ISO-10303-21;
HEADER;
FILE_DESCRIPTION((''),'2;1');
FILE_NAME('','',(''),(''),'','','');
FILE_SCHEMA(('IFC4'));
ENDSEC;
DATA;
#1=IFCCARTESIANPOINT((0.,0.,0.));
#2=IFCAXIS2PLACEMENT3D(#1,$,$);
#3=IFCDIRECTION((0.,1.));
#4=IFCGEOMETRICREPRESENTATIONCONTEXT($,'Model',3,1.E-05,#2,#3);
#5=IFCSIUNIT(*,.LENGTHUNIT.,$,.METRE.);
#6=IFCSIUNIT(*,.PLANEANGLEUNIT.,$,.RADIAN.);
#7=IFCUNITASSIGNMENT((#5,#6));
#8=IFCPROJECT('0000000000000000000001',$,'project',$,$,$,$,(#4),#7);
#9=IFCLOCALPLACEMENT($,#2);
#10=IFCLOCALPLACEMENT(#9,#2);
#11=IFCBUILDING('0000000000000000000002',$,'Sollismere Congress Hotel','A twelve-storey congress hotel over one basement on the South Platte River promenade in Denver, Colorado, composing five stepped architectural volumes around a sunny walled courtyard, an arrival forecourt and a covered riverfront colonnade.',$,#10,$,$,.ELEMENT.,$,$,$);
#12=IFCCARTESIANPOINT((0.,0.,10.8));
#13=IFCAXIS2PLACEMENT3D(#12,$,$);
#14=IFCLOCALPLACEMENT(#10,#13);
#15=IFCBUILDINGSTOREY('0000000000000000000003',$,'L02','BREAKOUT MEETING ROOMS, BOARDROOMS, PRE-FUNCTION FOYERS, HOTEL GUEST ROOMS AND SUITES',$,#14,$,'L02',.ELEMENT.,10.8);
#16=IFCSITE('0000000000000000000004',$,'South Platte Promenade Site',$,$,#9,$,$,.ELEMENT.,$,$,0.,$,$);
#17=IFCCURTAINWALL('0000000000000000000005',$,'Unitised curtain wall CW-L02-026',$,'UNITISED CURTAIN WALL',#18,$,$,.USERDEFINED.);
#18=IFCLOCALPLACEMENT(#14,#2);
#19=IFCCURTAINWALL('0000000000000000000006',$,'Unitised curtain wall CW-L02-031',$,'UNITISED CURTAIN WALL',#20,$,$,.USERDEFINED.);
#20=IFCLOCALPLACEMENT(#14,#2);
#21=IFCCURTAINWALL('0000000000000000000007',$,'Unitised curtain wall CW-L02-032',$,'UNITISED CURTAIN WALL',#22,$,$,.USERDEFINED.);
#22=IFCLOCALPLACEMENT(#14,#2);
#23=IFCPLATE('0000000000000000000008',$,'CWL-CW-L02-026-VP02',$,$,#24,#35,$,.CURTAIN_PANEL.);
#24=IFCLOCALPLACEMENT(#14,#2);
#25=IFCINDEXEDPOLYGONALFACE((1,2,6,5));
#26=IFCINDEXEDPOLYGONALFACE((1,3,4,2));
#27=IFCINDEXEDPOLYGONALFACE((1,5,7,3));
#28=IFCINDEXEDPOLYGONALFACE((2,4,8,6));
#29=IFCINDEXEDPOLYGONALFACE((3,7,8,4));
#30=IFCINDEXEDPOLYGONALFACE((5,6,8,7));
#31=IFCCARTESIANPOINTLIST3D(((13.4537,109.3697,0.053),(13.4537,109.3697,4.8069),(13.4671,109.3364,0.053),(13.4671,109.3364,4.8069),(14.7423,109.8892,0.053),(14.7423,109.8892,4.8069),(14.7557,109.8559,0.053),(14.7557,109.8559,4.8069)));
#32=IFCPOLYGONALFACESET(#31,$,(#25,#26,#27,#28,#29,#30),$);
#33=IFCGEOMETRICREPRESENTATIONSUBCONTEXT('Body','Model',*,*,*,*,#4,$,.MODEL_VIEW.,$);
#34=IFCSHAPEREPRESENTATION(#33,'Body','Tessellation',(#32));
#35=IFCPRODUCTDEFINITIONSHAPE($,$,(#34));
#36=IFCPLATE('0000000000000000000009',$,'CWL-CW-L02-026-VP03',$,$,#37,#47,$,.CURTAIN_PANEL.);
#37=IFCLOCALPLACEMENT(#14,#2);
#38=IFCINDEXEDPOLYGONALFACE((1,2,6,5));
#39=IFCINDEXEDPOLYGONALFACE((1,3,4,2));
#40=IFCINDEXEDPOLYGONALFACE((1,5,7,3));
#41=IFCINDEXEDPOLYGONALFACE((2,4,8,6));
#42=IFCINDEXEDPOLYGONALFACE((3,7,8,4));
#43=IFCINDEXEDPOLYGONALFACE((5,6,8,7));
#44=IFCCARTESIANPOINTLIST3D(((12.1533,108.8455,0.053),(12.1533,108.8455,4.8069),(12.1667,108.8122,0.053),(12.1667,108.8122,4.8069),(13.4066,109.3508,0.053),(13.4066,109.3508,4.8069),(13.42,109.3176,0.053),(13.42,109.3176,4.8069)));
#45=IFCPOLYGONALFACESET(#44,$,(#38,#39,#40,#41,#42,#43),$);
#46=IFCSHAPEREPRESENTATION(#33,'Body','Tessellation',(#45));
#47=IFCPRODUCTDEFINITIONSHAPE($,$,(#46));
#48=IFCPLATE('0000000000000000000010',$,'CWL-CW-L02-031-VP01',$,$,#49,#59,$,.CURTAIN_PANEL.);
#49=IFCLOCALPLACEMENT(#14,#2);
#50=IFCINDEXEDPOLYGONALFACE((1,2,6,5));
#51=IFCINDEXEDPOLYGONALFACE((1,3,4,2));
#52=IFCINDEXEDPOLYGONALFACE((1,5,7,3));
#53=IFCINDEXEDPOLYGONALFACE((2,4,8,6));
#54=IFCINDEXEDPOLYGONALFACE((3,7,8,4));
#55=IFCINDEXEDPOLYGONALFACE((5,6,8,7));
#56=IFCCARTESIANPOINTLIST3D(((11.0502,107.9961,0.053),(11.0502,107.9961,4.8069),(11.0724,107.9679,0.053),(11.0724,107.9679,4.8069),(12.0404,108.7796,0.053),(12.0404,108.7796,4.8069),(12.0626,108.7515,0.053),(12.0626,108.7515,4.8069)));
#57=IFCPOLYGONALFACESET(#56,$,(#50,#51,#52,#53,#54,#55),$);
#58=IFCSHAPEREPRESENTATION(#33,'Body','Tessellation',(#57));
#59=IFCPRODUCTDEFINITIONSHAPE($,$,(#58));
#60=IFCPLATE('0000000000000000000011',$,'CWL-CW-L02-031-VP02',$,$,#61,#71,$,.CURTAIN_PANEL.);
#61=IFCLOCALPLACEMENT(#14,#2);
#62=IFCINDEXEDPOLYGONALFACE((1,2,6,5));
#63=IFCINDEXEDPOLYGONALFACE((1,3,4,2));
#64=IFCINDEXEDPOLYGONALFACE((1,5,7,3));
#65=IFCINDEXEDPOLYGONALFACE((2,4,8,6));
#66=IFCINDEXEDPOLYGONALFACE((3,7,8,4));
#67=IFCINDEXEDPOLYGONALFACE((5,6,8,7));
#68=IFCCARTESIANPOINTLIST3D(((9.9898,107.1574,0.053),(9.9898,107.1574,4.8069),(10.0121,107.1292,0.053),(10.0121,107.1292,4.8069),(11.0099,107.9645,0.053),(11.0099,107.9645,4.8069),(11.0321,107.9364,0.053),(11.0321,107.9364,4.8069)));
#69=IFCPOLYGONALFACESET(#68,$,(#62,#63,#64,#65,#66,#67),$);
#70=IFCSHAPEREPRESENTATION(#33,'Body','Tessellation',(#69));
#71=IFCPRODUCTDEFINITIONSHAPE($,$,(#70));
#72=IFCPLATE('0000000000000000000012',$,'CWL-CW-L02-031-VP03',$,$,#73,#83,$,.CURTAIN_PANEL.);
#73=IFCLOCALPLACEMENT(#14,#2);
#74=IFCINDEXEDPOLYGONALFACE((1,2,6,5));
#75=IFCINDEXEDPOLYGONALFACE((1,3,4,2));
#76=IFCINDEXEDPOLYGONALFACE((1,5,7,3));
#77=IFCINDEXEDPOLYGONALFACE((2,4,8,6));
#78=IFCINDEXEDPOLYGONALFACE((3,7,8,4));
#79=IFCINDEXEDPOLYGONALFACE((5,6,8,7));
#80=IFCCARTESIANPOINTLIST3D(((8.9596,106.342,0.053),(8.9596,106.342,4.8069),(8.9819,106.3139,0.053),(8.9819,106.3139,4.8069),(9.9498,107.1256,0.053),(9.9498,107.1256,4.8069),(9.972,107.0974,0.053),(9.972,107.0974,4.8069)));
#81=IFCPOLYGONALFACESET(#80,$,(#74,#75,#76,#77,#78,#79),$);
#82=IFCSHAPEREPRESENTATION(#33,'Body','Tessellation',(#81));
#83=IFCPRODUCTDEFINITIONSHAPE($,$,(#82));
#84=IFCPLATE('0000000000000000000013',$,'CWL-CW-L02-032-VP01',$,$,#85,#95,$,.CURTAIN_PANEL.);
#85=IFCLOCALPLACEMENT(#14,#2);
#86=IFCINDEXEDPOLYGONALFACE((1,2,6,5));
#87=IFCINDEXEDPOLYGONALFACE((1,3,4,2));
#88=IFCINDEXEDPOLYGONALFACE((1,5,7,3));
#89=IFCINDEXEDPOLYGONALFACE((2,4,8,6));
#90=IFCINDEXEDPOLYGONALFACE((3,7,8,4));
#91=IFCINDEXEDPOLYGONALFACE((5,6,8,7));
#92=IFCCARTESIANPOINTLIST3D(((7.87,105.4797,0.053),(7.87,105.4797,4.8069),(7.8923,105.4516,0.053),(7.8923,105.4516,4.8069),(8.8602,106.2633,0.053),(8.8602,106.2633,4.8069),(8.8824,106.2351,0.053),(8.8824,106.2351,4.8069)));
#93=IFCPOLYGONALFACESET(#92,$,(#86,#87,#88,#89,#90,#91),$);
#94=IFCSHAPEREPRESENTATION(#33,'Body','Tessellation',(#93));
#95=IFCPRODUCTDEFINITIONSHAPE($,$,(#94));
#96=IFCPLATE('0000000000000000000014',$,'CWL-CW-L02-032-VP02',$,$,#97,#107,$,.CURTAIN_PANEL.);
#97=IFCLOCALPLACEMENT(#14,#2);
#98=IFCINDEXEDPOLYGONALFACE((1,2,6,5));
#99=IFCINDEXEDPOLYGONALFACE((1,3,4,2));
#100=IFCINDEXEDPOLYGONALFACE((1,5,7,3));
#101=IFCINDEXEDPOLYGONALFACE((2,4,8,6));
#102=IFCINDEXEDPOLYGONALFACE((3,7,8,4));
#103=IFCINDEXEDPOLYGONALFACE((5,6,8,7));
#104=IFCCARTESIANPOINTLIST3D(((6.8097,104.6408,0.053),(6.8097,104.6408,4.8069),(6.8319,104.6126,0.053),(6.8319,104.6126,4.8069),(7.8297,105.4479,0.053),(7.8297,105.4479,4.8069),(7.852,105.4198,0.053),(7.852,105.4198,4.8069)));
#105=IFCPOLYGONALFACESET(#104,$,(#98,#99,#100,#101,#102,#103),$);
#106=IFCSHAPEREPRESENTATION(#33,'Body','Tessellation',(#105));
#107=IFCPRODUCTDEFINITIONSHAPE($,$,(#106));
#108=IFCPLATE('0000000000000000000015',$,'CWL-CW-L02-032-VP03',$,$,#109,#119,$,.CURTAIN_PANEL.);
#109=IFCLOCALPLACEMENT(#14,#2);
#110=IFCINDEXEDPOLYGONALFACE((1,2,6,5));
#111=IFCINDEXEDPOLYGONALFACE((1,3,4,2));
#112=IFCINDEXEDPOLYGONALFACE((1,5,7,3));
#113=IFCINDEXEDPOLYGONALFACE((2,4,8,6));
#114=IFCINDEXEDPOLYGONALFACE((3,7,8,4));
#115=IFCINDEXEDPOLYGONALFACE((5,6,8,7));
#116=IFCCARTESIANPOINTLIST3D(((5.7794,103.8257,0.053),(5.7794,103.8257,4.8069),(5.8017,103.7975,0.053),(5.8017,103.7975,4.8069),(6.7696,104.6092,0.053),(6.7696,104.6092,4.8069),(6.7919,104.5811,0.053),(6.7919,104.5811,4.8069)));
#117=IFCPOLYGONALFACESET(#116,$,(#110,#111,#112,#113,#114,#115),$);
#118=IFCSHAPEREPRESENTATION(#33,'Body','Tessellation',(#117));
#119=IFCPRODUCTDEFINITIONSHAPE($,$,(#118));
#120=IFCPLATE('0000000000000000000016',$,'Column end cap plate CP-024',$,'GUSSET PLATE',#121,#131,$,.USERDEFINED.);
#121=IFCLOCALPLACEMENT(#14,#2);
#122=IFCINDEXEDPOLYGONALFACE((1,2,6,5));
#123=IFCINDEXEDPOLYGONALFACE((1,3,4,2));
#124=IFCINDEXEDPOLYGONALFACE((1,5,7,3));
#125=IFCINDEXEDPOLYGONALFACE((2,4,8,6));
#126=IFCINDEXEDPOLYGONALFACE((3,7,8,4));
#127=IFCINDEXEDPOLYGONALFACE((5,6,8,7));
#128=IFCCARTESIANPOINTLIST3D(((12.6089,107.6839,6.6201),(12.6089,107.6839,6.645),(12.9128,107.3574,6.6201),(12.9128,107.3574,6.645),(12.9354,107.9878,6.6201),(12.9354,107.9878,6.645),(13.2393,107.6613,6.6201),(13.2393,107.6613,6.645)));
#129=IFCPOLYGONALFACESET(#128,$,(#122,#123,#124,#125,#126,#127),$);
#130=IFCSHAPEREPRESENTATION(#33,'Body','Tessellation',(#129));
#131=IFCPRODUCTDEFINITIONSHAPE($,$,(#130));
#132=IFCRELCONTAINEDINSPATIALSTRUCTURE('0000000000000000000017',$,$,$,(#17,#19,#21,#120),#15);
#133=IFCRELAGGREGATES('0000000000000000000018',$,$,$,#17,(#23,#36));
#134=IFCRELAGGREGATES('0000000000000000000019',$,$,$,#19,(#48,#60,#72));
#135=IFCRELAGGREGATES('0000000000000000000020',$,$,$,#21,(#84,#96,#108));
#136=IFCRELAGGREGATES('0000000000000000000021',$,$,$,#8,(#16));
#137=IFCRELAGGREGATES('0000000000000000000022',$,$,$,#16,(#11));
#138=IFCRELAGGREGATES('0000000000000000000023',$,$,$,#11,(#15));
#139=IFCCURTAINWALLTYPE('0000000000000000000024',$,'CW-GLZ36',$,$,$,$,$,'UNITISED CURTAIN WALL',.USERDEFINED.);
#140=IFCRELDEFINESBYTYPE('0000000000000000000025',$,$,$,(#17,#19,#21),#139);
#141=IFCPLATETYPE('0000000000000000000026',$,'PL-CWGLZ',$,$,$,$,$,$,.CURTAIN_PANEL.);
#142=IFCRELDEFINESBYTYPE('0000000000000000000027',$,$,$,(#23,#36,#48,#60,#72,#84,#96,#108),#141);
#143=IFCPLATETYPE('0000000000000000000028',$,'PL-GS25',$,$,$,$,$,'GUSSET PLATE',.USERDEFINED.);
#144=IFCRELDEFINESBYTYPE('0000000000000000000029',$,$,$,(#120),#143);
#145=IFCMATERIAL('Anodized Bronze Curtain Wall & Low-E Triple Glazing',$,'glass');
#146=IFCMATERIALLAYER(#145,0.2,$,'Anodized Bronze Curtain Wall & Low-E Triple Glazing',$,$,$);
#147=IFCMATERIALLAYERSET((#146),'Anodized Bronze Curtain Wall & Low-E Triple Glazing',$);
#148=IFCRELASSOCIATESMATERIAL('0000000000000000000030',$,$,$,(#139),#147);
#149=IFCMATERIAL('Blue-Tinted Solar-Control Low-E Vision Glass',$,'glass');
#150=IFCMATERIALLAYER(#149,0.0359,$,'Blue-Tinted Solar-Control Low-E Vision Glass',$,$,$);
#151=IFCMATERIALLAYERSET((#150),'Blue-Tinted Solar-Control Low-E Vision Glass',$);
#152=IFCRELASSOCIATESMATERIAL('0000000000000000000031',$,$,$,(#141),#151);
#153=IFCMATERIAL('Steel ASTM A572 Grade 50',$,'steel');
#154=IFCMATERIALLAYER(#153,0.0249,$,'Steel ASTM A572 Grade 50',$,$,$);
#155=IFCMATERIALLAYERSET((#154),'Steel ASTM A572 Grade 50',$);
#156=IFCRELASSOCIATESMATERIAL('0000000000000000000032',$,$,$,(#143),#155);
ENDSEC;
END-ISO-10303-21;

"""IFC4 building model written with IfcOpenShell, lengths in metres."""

from ifc_helpers import new_model, si_unit, direction, frame, origin, origin_2d, place, context, subcontext, project, spatial, rectangle, extrude, material, layer, layer_set, type_object, element, aggregate, save


model = new_model("IFC4")

# Units and contexts
model_context = context("Model", 3, precision=1e-05, world=origin(), true_north=direction((0.0, 1.0)))
body_context = subcontext(model_context, "Body", "Model", "MODEL_VIEW")
ifc_project = project(units=[si_unit("LENGTHUNIT", "METRE"), si_unit("PLANEANGLEUNIT", "RADIAN")], contexts=[model_context])

# Site, building, storey
site_placement = place(None, origin())
site = spatial("IfcSite", under=ifc_project, at=site_placement, Name="South Platte Promenade Site", CompositionType="ELEMENT", RefElevation=0.0)
building_placement = place(site_placement, origin())
building = spatial("IfcBuilding", under=site, at=building_placement, Name="Sollismere Congress Hotel", Description="A twelve-storey congress hotel over one basement on the South Platte River promenade in Denver, Colorado, composing five stepped architectural volumes around a sunny walled courtyard, an arrival forecourt and a covered riverfront colonnade.", CompositionType="ELEMENT")
storey_placement = place(building_placement, frame((0.0, 0.0, 10.8)))
storey = spatial("IfcBuildingStorey", under=building, at=storey_placement, Name="L02", Description="BREAKOUT MEETING ROOMS, BOARDROOMS, PRE-FUNCTION FOYERS, HOTEL GUEST ROOMS AND SUITES", LongName="L02", CompositionType="ELEMENT", Elevation=10.8)

# Curtain walls
ifc_material_1 = material(Name="Anodized Bronze Curtain Wall & Low-E Triple Glazing", Category="glass")
ifc_layer_1 = layer(ifc_material_1, 0.2, Name="Anodized Bronze Curtain Wall & Low-E Triple Glazing")
ifc_layer_set_1 = layer_set([ifc_layer_1], Name="Anodized Bronze Curtain Wall & Low-E Triple Glazing")
curtain_wall_type = type_object("IfcCurtainWallType", Name="CW-GLZ36", ElementType="UNITISED CURTAIN WALL", PredefinedType="USERDEFINED", material=ifc_layer_set_1)
curtain_wall_1_placement = place(storey_placement, origin())
curtain_wall_1 = element("IfcCurtainWall", 1, at=curtain_wall_1_placement, inside=storey, type_object=curtain_wall_type, Name="Unitised curtain wall CW-L02-026", ObjectType="UNITISED CURTAIN WALL", PredefinedType="USERDEFINED")
curtain_wall_2_placement = place(storey_placement, origin())
curtain_wall_2 = element("IfcCurtainWall", 2, at=curtain_wall_2_placement, inside=storey, type_object=curtain_wall_type, Name="Unitised curtain wall CW-L02-031", ObjectType="UNITISED CURTAIN WALL", PredefinedType="USERDEFINED")
curtain_wall_3_placement = place(storey_placement, origin())
curtain_wall_3 = element("IfcCurtainWall", 3, at=curtain_wall_3_placement, inside=storey, type_object=curtain_wall_type, Name="Unitised curtain wall CW-L02-032", ObjectType="UNITISED CURTAIN WALL", PredefinedType="USERDEFINED")

# Plates
ifc_material_2 = material(Name="Blue-Tinted Solar-Control Low-E Vision Glass", Category="glass")
ifc_layer_2 = layer(ifc_material_2, 0.0359, Name="Blue-Tinted Solar-Control Low-E Vision Glass")
ifc_layer_set_2 = layer_set([ifc_layer_2], Name="Blue-Tinted Solar-Control Low-E Vision Glass")
plate_type_1 = type_object("IfcPlateType", Name="PL-CWGLZ", PredefinedType="CURTAIN_PANEL", material=ifc_layer_set_2)
plate_1_placement = place(storey_placement, frame((14.1047, 109.6128, 0.053), z_axis=(0.0, 0.0, 1.0), x_axis=(-0.927452, -0.373943, 0.0)))
plate_1 = element("IfcPlate", 4, at=plate_1_placement, type_object=plate_type_1, Name="CWL-CW-L02-026-VP02", PredefinedType="CURTAIN_PANEL", context=body_context, shape_type="SweptSolid", body=[
    extrude(rectangle(XDim=1.3894, YDim=0.0359, at=origin_2d()), origin(), (0.0, 0.0, 1.0), 4.7539),
])
plate_2_placement = place(storey_placement, frame((12.7866, 109.0815, 0.053), z_axis=(0.0, 0.0, 1.0), x_axis=(-0.927452, -0.373943, 0.0)))
plate_2 = element("IfcPlate", 5, at=plate_2_placement, type_object=plate_type_1, Name="CWL-CW-L02-026-VP03", PredefinedType="CURTAIN_PANEL", context=body_context, shape_type="SweptSolid", body=[
    extrude(rectangle(XDim=1.3513, YDim=0.0359, at=origin_2d()), origin(), (0.0, 0.0, 1.0), 4.7539),
])
aggregate(curtain_wall_1, [plate_1, plate_2])
plate_3_placement = place(storey_placement, frame((11.5564, 108.3738, 0.053), z_axis=(0.0, 0.0, 1.0), x_axis=(-0.784181, -0.620532, 0.0)))
plate_3 = element("IfcPlate", 6, at=plate_3_placement, type_object=plate_type_1, Name="CWL-CW-L02-031-VP01", PredefinedType="CURTAIN_PANEL", context=body_context, shape_type="SweptSolid", body=[
    extrude(rectangle(XDim=1.2627, YDim=0.0359, at=origin_2d()), origin(), (0.0, 0.0, 1.0), 4.7539),
])
plate_4_placement = place(storey_placement, frame((10.511, 107.5469, 0.053), z_axis=(0.0, 0.0, 1.0), x_axis=(-0.784181, -0.620532, 0.0)))
plate_4 = element("IfcPlate", 7, at=plate_4_placement, type_object=plate_type_1, Name="CWL-CW-L02-031-VP02", PredefinedType="CURTAIN_PANEL", context=body_context, shape_type="SweptSolid", body=[
    extrude(rectangle(XDim=1.3008, YDim=0.0359, at=origin_2d()), origin(), (0.0, 0.0, 1.0), 4.7539),
])
plate_5_placement = place(storey_placement, frame((9.4658, 106.7197, 0.053), z_axis=(0.0, 0.0, 1.0), x_axis=(-0.784181, -0.620532, 0.0)))
plate_5 = element("IfcPlate", 8, at=plate_5_placement, type_object=plate_type_1, Name="CWL-CW-L02-031-VP03", PredefinedType="CURTAIN_PANEL", context=body_context, shape_type="SweptSolid", body=[
    extrude(rectangle(XDim=1.2627, YDim=0.0359, at=origin_2d()), origin(), (0.0, 0.0, 1.0), 4.7539),
])
aggregate(curtain_wall_2, [plate_3, plate_4, plate_5])
plate_6_placement = place(storey_placement, frame((8.3762, 105.8574, 0.053), z_axis=(0.0, 0.0, 1.0), x_axis=(-0.784181, -0.620532, 0.0)))
plate_6 = element("IfcPlate", 9, at=plate_6_placement, type_object=plate_type_1, Name="CWL-CW-L02-032-VP01", PredefinedType="CURTAIN_PANEL", context=body_context, shape_type="SweptSolid", body=[
    extrude(rectangle(XDim=1.2627, YDim=0.0359, at=origin_2d()), origin(), (0.0, 0.0, 1.0), 4.7539),
])
plate_7_placement = place(storey_placement, frame((7.3308, 105.0303, 0.053), z_axis=(0.0, 0.0, 1.0), x_axis=(-0.784181, -0.620532, 0.0)))
plate_7 = element("IfcPlate", 10, at=plate_7_placement, type_object=plate_type_1, Name="CWL-CW-L02-032-VP02", PredefinedType="CURTAIN_PANEL", context=body_context, shape_type="SweptSolid", body=[
    extrude(rectangle(XDim=1.3008, YDim=0.0359, at=origin_2d()), origin(), (0.0, 0.0, 1.0), 4.7539),
])
plate_8_placement = place(storey_placement, frame((6.2856, 104.2034, 0.053), z_axis=(0.0, 0.0, 1.0), x_axis=(-0.784181, -0.620532, 0.0)))
plate_8 = element("IfcPlate", 11, at=plate_8_placement, type_object=plate_type_1, Name="CWL-CW-L02-032-VP03", PredefinedType="CURTAIN_PANEL", context=body_context, shape_type="SweptSolid", body=[
    extrude(rectangle(XDim=1.2627, YDim=0.0359, at=origin_2d()), origin(), (0.0, 0.0, 1.0), 4.7539),
])
aggregate(curtain_wall_3, [plate_6, plate_7, plate_8])
ifc_material_3 = material(Name="Steel ASTM A572 Grade 50", Category="steel")
ifc_layer_3 = layer(ifc_material_3, 0.0249, Name="Steel ASTM A572 Grade 50")
ifc_layer_set_3 = layer_set([ifc_layer_3], Name="Steel ASTM A572 Grade 50")
plate_type_2 = type_object("IfcPlateType", Name="PL-GS25", ElementType="GUSSET PLATE", PredefinedType="USERDEFINED", material=ifc_layer_set_3)
plate_9_placement = place(storey_placement, frame((12.9241, 107.6726, 6.6201), z_axis=(0.0, 0.0, 1.0), x_axis=(-0.68136, 0.731949, 0.0)))
element("IfcPlate", 12, at=plate_9_placement, inside=storey, type_object=plate_type_2, Name="Column end cap plate CP-024", ObjectType="GUSSET PLATE", PredefinedType="USERDEFINED", context=body_context, shape_type="SweptSolid", body=[
    extrude(rectangle(XDim=0.446, YDim=0.446, at=origin_2d()), origin(), (0.0, 0.0, 1.0), 0.0249),
])

save(model, "model.ifc")
